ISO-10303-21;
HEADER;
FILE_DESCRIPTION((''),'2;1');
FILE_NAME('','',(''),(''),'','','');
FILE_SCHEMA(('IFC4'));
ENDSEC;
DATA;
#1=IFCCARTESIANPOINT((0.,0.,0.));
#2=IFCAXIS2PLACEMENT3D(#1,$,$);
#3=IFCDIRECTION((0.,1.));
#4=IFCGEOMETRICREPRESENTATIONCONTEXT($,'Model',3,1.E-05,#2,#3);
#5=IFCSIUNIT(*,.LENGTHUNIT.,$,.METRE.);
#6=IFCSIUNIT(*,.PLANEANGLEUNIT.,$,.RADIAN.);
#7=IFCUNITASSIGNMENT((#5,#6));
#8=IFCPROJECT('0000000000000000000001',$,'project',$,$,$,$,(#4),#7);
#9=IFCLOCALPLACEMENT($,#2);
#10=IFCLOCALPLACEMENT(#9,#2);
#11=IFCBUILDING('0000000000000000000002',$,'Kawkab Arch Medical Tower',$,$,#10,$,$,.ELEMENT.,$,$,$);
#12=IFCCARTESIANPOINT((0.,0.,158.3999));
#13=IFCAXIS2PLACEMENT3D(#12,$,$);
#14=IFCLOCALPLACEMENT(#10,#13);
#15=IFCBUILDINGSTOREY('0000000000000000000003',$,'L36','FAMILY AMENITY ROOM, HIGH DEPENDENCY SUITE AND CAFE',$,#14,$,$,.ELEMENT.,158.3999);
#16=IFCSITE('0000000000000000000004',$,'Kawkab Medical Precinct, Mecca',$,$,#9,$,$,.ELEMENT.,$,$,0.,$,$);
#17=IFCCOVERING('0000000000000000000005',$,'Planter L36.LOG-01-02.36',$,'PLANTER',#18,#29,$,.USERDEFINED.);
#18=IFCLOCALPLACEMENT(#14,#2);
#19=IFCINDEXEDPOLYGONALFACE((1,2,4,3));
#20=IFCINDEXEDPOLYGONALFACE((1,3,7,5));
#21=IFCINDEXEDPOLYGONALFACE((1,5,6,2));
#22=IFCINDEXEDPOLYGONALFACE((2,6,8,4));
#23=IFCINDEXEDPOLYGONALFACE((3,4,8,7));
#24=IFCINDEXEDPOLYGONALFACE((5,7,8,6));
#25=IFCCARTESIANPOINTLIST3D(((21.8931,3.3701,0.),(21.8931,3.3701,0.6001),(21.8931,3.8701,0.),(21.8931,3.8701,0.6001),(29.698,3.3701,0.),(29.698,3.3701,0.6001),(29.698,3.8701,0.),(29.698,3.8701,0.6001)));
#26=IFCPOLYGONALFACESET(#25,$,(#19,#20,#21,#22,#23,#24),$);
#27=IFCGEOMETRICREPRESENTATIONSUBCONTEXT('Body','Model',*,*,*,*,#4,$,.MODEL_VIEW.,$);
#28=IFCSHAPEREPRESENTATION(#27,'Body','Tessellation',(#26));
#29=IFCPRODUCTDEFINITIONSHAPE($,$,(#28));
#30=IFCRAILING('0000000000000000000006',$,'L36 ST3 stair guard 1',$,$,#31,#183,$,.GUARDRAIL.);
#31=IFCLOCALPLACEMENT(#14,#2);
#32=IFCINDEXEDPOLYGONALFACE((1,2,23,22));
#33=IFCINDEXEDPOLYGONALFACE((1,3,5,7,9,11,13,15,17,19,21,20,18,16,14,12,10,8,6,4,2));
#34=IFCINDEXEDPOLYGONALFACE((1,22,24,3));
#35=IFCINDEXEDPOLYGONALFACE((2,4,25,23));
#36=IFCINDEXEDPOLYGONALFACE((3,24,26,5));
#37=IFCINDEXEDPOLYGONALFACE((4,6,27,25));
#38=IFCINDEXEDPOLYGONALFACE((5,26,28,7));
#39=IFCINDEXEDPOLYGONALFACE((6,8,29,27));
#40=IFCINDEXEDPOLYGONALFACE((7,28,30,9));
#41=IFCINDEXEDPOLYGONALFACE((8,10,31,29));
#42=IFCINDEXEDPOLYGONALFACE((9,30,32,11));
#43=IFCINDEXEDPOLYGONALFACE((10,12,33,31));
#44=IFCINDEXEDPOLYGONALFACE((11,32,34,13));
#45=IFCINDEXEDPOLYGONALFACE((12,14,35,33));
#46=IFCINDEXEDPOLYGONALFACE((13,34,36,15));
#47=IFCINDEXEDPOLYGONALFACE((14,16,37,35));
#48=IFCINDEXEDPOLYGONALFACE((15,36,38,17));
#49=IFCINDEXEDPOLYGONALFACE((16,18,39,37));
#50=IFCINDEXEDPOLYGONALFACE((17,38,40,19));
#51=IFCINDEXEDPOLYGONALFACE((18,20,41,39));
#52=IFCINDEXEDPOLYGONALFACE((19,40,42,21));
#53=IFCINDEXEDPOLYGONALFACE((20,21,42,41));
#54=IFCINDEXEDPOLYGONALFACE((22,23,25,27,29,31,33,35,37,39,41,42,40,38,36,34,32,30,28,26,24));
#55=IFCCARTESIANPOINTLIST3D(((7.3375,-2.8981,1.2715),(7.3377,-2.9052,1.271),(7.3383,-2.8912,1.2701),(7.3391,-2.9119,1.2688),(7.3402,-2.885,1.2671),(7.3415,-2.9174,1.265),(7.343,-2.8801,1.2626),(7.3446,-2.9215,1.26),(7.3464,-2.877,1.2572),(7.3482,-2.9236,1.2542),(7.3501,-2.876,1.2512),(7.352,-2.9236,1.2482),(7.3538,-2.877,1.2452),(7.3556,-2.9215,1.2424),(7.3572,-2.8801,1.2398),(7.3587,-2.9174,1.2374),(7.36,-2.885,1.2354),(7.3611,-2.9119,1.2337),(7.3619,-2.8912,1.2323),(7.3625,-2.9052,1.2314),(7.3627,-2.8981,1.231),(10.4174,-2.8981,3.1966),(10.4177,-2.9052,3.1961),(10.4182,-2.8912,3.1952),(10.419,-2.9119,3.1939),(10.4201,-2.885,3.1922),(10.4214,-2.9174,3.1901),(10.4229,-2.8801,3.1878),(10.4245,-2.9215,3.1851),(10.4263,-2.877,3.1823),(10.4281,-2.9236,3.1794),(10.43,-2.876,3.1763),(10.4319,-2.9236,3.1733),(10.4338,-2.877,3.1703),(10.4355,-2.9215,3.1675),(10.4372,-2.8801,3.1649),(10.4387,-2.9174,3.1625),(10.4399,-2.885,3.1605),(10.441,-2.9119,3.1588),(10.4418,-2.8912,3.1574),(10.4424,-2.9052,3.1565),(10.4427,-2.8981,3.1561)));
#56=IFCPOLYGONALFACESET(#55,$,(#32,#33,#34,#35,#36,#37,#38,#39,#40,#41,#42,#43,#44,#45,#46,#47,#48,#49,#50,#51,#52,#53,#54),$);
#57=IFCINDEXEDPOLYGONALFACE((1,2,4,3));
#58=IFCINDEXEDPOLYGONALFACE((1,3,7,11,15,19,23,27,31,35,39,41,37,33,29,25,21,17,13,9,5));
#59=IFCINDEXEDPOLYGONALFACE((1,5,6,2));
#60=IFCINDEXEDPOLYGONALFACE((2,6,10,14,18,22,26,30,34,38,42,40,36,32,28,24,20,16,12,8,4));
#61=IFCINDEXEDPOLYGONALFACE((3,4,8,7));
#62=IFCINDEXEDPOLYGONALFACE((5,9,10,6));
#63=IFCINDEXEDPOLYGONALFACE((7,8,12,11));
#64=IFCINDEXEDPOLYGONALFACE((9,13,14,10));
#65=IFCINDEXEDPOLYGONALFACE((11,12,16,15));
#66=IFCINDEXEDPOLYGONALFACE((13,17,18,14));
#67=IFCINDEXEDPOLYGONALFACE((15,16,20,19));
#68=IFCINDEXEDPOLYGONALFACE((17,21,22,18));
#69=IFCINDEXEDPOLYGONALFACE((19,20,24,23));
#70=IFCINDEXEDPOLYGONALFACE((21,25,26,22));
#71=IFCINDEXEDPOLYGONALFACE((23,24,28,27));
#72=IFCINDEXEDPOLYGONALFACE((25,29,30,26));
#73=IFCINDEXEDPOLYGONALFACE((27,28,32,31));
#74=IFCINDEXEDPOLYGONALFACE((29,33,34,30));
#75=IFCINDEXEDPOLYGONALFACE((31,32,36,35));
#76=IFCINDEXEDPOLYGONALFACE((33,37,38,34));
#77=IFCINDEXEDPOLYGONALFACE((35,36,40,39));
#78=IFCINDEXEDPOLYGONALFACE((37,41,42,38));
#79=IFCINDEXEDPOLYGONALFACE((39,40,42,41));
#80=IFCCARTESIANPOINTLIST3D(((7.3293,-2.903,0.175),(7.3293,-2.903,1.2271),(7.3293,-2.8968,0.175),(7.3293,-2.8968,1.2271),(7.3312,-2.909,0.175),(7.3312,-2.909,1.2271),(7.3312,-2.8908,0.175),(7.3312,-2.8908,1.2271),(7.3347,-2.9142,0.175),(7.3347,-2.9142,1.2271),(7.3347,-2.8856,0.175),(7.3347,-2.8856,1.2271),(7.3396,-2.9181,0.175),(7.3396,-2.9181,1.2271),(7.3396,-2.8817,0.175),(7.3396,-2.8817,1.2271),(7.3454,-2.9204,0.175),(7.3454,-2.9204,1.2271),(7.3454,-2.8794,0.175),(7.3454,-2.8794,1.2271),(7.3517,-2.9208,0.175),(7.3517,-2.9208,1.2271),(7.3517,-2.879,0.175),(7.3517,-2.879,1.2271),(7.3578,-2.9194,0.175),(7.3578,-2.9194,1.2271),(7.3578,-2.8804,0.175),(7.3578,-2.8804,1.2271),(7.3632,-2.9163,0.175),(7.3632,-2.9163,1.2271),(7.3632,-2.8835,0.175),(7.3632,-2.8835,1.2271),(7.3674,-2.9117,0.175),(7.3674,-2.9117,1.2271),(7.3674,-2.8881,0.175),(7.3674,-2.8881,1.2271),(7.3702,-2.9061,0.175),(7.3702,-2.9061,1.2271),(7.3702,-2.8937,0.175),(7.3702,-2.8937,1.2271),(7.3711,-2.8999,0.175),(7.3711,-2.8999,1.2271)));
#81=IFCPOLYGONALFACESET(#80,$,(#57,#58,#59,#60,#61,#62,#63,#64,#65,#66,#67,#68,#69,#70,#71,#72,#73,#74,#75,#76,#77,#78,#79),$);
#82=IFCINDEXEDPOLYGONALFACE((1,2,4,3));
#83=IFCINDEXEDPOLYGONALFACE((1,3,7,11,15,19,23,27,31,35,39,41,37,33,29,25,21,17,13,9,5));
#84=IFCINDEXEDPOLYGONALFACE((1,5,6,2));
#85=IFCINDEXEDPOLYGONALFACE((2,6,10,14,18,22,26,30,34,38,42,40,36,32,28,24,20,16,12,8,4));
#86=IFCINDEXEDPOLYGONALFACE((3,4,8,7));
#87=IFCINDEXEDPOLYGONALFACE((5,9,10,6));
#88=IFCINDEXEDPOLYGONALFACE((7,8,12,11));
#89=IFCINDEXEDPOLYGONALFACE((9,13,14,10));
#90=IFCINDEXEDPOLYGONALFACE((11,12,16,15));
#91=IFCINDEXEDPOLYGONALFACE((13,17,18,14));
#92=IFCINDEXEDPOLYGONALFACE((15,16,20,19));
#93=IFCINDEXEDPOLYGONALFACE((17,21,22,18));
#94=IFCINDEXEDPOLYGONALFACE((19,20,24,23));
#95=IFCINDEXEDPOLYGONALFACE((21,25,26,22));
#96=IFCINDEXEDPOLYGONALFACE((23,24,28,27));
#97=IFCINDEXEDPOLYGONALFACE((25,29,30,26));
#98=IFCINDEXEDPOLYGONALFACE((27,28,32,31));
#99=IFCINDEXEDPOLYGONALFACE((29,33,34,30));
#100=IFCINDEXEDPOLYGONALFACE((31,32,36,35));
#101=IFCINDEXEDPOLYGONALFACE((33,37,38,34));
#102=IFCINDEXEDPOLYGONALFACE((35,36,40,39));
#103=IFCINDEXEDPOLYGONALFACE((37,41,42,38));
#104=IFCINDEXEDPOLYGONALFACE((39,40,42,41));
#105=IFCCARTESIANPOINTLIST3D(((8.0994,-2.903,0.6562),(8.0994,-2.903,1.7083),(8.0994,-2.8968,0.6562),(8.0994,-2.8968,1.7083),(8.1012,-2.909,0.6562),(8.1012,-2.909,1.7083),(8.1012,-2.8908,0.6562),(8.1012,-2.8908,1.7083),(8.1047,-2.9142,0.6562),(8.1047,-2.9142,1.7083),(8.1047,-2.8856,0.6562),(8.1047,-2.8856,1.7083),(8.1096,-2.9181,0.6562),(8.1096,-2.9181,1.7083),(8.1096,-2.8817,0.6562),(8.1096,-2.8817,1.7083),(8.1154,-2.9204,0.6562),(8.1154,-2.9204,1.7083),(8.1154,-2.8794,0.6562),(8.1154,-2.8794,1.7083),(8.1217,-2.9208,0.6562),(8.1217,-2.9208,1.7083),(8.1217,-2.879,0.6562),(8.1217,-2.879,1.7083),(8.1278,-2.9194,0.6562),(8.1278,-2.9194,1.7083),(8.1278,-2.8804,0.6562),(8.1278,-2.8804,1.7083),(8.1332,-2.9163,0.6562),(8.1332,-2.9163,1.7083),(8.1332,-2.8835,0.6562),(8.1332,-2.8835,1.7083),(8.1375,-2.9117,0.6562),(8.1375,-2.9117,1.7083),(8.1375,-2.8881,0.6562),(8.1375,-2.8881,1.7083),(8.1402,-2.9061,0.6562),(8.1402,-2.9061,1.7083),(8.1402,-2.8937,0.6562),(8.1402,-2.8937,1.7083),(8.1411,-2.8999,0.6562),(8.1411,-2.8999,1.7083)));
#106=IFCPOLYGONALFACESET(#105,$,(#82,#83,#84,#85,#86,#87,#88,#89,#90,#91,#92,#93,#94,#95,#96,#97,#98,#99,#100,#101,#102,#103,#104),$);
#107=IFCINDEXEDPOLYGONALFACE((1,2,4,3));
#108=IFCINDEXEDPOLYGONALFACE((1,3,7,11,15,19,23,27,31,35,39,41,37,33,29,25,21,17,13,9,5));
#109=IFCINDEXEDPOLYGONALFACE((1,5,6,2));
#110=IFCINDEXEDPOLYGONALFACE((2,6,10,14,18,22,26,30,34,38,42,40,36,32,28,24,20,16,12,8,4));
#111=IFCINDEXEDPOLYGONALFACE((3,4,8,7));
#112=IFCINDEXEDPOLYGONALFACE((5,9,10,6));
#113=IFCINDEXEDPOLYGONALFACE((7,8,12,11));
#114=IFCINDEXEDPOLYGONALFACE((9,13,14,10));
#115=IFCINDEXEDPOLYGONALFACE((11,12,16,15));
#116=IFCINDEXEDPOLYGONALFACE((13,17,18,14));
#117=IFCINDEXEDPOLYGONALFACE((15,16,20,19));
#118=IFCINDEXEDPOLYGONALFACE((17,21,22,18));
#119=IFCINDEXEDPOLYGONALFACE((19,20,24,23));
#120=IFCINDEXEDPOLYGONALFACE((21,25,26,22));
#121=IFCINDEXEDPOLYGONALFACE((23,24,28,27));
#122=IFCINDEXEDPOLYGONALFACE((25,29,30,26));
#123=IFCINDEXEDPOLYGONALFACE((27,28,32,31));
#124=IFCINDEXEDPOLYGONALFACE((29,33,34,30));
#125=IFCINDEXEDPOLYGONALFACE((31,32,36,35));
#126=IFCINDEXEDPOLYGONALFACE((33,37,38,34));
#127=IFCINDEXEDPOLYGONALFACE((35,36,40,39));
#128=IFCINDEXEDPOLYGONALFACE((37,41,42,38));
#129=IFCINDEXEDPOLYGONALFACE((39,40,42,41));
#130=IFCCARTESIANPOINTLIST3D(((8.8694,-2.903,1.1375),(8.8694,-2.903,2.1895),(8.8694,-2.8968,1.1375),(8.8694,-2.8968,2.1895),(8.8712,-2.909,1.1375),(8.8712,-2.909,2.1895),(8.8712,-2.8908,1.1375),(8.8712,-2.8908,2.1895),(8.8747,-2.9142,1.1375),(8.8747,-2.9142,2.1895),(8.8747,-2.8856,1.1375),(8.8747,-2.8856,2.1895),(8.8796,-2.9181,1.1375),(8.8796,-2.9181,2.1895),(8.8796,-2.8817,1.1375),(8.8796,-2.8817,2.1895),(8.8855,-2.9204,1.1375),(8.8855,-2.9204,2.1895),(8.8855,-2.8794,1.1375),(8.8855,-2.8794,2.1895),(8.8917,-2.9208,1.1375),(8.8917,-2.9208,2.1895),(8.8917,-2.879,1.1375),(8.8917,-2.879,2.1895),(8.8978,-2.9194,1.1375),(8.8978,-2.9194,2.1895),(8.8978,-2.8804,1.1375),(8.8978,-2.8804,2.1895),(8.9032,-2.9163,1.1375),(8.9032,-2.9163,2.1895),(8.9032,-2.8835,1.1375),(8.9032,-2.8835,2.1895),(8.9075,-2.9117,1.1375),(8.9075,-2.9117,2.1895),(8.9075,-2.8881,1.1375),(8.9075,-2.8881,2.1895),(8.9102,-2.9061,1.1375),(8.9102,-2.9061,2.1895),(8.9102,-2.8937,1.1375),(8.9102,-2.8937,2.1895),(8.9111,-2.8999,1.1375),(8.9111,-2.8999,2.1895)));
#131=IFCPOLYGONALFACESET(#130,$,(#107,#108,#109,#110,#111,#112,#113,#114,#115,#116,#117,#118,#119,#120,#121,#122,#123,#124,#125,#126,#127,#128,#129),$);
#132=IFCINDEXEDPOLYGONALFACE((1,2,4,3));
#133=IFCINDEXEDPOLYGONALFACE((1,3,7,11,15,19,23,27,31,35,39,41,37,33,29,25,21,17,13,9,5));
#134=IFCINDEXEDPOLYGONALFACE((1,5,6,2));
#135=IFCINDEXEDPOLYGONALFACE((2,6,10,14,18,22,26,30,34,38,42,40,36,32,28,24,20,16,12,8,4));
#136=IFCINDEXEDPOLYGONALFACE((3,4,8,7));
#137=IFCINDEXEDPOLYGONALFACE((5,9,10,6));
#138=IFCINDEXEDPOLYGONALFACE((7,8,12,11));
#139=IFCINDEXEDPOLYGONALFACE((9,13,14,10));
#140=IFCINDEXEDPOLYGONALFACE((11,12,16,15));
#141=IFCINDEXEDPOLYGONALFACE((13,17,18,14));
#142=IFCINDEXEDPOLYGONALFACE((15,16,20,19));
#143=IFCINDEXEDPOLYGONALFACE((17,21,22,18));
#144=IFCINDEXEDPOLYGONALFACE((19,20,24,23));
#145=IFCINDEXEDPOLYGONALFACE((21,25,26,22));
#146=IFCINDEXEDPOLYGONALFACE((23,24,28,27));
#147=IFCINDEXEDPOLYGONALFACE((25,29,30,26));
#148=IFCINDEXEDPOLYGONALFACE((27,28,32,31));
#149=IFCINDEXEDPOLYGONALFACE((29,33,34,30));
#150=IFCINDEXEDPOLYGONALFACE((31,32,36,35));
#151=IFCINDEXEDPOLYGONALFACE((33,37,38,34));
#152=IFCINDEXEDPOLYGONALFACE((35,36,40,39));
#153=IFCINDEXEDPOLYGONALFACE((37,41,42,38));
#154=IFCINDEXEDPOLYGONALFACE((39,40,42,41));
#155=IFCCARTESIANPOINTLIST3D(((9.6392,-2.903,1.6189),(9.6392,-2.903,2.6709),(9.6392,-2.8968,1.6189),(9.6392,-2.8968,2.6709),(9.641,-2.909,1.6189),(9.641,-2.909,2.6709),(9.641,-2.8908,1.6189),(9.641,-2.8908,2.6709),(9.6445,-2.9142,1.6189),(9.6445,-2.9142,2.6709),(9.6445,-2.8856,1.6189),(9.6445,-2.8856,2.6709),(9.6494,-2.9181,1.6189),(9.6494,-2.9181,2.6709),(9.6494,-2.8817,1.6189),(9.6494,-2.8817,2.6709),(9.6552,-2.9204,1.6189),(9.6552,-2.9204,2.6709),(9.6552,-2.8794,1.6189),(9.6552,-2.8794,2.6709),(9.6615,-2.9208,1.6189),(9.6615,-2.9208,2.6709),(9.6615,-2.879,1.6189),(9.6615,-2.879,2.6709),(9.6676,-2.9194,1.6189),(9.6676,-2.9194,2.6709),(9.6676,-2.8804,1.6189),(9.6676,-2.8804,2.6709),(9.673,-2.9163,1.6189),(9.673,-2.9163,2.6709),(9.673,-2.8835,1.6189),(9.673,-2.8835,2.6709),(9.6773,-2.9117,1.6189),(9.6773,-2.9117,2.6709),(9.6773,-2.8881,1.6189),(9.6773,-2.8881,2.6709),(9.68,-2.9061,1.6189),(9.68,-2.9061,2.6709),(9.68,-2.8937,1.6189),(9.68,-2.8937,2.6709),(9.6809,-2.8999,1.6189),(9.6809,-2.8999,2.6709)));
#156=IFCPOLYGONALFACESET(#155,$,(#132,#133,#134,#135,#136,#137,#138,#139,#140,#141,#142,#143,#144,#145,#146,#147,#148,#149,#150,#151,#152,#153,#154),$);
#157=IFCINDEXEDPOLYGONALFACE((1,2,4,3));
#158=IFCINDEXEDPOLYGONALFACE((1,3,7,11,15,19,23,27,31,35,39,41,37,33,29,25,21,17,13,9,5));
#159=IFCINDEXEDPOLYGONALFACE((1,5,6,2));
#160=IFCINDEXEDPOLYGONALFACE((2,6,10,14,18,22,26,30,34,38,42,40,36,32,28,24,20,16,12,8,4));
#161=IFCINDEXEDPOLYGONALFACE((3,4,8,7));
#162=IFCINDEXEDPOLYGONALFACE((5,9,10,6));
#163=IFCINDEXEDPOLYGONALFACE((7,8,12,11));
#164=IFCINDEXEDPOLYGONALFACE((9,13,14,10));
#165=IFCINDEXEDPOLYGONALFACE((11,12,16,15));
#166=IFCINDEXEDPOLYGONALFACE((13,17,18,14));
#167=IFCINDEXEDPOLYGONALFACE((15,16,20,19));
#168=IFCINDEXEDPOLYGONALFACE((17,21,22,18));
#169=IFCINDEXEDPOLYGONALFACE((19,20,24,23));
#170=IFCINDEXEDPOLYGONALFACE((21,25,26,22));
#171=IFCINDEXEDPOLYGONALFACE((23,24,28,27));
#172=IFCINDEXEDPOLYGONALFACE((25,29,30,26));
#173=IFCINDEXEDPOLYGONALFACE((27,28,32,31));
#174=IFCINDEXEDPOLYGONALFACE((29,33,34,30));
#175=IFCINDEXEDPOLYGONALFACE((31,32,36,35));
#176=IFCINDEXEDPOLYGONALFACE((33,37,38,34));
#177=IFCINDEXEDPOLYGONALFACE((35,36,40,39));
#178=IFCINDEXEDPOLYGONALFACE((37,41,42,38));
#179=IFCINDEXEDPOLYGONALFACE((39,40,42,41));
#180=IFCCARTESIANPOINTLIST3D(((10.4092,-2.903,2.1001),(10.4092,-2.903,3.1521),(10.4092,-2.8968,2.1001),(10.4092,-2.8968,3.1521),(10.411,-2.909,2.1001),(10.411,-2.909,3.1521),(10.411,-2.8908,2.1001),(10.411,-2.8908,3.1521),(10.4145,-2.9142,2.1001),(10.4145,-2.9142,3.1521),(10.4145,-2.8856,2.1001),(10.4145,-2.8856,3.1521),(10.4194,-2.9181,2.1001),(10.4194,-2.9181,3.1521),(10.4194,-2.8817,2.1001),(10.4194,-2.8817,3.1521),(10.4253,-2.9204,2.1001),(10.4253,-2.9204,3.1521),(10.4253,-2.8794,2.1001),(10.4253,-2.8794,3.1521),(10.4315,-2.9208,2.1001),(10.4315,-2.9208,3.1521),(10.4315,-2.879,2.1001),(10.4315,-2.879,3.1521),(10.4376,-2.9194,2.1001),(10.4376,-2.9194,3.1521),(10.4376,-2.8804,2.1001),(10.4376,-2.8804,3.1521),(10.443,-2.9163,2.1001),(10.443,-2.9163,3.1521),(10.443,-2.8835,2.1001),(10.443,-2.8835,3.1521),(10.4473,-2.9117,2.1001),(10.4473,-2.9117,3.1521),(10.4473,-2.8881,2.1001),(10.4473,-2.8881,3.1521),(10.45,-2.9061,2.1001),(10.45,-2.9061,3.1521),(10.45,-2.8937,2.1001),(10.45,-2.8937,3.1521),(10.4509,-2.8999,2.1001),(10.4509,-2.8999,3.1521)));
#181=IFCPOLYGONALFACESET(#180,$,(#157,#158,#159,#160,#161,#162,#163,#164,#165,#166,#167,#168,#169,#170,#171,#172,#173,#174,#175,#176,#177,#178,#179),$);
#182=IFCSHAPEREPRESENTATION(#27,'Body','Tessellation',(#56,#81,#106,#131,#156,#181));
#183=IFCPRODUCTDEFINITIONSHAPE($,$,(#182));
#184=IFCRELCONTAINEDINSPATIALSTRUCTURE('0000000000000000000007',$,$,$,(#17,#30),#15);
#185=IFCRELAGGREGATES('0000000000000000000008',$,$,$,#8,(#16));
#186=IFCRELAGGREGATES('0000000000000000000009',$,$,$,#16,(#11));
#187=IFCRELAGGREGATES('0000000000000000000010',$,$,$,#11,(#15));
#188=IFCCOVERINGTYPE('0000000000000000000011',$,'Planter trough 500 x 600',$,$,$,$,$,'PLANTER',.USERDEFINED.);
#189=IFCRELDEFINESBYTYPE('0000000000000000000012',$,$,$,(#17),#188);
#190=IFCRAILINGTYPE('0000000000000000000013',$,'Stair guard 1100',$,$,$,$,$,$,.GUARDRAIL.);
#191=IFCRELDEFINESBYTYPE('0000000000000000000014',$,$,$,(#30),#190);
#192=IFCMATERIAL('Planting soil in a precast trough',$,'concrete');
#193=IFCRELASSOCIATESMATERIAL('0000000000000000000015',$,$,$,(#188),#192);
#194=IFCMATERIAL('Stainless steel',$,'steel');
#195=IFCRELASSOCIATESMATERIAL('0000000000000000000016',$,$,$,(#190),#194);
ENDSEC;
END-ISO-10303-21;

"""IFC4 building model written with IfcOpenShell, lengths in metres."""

from ifc_helpers import new_model, si_unit, direction, frame, origin, origin_2d, place, context, subcontext, project, spatial, rectangle, circle, extrude, material, material_profile, profile_set, type_object, element, save


model = new_model("IFC4")

# Units and contexts
model_context = context("Model", 3, precision=1e-05, world=origin(), true_north=direction((0.0, 1.0)))
body_context = subcontext(model_context, "Body", "Model", "MODEL_VIEW")
ifc_project = project(units=[si_unit("LENGTHUNIT", "METRE"), si_unit("PLANEANGLEUNIT", "RADIAN")], contexts=[model_context])

# Site, building, storey
site_placement = place(None, origin())
site = spatial("IfcSite", under=ifc_project, at=site_placement, Name="Kawkab Medical Precinct, Mecca", CompositionType="ELEMENT", RefElevation=0.0)
building_placement = place(site_placement, origin())
building = spatial("IfcBuilding", under=site, at=building_placement, Name="Kawkab Arch Medical Tower", CompositionType="ELEMENT")
storey_placement = place(building_placement, frame((0.0, 0.0, 158.3999)))
storey = spatial("IfcBuildingStorey", under=building, at=storey_placement, Name="L36", Description="FAMILY AMENITY ROOM, HIGH DEPENDENCY SUITE AND CAFE", CompositionType="ELEMENT", Elevation=158.3999)

# Covering
ifc_material_1 = material(Name="Planting soil in a precast trough", Category="concrete")
ifc_material_profile_1 = material_profile(ifc_material_1, rectangle(XDim=0.5, YDim=0.6001, at=origin_2d()), Name="Trough 500x600")
ifc_profile_set_1 = profile_set([ifc_material_profile_1], Name="Planting soil in a precast trough")
covering_type_1 = type_object("IfcCoveringType", Name="Planter trough 500 x 600", ElementType="PLANTER", PredefinedType="USERDEFINED", material=ifc_profile_set_1)
covering_1_placement = place(storey_placement, frame((21.8931, 3.6201, 0.3), z_axis=(1.0, 0.0, 0.0), x_axis=(0.0, 1.0, 0.0)))
element("IfcCovering", 1, at=covering_1_placement, inside=storey, type_object=covering_type_1, Name="Planter L36.LOG-01-02.36", ObjectType="PLANTER", PredefinedType="USERDEFINED", context=body_context, shape_type="SweptSolid", body=[
    extrude(rectangle(XDim=0.5, YDim=0.6001, at=origin_2d()), origin(), (0.0, 0.0, 1.0), 7.8049),
])

# Railing
ifc_material_2 = material(Name="Stainless steel", Category="steel")
railing_type_1 = type_object("IfcRailingType", Name="Stair guard 1100", PredefinedType="GUARDRAIL", material=ifc_material_2)
railing_1_placement = place(storey_placement, frame((7.3501, -2.8999, 0.175)))
element("IfcRailing", 2, at=railing_1_placement, inside=storey, type_object=railing_type_1, Name="L36 ST3 stair guard 1", PredefinedType="GUARDRAIL", context=body_context, shape_type="SweptSolid", body=[
    extrude(circle(Radius=0.0239, at=origin_2d()), frame((0.0, 0.0, 1.0762), z_axis=(0.847979, 0.0, 0.530029), x_axis=(0.0, 1.0, 0.0)), (0.0, 0.0, 1.0), 3.6321),
    extrude(circle(Radius=0.021, at=origin_2d()), origin(), (0.0, 0.0, 1.0), 1.052),
    extrude(circle(Radius=0.021, at=origin_2d()), frame((0.77, 0.0, 0.4812)), (0.0, 0.0, 1.0), 1.052),
    extrude(circle(Radius=0.021, at=origin_2d()), frame((1.54, 0.0, 0.9624)), (0.0, 0.0, 1.0), 1.052),
    extrude(circle(Radius=0.021, at=origin_2d()), frame((2.3098, 0.0, 1.4438)), (0.0, 0.0, 1.0), 1.052),
    extrude(circle(Radius=0.021, at=origin_2d()), frame((3.0798, 0.0, 1.925)), (0.0, 0.0, 1.0), 1.052),
])

save(model, "model.ifc")
